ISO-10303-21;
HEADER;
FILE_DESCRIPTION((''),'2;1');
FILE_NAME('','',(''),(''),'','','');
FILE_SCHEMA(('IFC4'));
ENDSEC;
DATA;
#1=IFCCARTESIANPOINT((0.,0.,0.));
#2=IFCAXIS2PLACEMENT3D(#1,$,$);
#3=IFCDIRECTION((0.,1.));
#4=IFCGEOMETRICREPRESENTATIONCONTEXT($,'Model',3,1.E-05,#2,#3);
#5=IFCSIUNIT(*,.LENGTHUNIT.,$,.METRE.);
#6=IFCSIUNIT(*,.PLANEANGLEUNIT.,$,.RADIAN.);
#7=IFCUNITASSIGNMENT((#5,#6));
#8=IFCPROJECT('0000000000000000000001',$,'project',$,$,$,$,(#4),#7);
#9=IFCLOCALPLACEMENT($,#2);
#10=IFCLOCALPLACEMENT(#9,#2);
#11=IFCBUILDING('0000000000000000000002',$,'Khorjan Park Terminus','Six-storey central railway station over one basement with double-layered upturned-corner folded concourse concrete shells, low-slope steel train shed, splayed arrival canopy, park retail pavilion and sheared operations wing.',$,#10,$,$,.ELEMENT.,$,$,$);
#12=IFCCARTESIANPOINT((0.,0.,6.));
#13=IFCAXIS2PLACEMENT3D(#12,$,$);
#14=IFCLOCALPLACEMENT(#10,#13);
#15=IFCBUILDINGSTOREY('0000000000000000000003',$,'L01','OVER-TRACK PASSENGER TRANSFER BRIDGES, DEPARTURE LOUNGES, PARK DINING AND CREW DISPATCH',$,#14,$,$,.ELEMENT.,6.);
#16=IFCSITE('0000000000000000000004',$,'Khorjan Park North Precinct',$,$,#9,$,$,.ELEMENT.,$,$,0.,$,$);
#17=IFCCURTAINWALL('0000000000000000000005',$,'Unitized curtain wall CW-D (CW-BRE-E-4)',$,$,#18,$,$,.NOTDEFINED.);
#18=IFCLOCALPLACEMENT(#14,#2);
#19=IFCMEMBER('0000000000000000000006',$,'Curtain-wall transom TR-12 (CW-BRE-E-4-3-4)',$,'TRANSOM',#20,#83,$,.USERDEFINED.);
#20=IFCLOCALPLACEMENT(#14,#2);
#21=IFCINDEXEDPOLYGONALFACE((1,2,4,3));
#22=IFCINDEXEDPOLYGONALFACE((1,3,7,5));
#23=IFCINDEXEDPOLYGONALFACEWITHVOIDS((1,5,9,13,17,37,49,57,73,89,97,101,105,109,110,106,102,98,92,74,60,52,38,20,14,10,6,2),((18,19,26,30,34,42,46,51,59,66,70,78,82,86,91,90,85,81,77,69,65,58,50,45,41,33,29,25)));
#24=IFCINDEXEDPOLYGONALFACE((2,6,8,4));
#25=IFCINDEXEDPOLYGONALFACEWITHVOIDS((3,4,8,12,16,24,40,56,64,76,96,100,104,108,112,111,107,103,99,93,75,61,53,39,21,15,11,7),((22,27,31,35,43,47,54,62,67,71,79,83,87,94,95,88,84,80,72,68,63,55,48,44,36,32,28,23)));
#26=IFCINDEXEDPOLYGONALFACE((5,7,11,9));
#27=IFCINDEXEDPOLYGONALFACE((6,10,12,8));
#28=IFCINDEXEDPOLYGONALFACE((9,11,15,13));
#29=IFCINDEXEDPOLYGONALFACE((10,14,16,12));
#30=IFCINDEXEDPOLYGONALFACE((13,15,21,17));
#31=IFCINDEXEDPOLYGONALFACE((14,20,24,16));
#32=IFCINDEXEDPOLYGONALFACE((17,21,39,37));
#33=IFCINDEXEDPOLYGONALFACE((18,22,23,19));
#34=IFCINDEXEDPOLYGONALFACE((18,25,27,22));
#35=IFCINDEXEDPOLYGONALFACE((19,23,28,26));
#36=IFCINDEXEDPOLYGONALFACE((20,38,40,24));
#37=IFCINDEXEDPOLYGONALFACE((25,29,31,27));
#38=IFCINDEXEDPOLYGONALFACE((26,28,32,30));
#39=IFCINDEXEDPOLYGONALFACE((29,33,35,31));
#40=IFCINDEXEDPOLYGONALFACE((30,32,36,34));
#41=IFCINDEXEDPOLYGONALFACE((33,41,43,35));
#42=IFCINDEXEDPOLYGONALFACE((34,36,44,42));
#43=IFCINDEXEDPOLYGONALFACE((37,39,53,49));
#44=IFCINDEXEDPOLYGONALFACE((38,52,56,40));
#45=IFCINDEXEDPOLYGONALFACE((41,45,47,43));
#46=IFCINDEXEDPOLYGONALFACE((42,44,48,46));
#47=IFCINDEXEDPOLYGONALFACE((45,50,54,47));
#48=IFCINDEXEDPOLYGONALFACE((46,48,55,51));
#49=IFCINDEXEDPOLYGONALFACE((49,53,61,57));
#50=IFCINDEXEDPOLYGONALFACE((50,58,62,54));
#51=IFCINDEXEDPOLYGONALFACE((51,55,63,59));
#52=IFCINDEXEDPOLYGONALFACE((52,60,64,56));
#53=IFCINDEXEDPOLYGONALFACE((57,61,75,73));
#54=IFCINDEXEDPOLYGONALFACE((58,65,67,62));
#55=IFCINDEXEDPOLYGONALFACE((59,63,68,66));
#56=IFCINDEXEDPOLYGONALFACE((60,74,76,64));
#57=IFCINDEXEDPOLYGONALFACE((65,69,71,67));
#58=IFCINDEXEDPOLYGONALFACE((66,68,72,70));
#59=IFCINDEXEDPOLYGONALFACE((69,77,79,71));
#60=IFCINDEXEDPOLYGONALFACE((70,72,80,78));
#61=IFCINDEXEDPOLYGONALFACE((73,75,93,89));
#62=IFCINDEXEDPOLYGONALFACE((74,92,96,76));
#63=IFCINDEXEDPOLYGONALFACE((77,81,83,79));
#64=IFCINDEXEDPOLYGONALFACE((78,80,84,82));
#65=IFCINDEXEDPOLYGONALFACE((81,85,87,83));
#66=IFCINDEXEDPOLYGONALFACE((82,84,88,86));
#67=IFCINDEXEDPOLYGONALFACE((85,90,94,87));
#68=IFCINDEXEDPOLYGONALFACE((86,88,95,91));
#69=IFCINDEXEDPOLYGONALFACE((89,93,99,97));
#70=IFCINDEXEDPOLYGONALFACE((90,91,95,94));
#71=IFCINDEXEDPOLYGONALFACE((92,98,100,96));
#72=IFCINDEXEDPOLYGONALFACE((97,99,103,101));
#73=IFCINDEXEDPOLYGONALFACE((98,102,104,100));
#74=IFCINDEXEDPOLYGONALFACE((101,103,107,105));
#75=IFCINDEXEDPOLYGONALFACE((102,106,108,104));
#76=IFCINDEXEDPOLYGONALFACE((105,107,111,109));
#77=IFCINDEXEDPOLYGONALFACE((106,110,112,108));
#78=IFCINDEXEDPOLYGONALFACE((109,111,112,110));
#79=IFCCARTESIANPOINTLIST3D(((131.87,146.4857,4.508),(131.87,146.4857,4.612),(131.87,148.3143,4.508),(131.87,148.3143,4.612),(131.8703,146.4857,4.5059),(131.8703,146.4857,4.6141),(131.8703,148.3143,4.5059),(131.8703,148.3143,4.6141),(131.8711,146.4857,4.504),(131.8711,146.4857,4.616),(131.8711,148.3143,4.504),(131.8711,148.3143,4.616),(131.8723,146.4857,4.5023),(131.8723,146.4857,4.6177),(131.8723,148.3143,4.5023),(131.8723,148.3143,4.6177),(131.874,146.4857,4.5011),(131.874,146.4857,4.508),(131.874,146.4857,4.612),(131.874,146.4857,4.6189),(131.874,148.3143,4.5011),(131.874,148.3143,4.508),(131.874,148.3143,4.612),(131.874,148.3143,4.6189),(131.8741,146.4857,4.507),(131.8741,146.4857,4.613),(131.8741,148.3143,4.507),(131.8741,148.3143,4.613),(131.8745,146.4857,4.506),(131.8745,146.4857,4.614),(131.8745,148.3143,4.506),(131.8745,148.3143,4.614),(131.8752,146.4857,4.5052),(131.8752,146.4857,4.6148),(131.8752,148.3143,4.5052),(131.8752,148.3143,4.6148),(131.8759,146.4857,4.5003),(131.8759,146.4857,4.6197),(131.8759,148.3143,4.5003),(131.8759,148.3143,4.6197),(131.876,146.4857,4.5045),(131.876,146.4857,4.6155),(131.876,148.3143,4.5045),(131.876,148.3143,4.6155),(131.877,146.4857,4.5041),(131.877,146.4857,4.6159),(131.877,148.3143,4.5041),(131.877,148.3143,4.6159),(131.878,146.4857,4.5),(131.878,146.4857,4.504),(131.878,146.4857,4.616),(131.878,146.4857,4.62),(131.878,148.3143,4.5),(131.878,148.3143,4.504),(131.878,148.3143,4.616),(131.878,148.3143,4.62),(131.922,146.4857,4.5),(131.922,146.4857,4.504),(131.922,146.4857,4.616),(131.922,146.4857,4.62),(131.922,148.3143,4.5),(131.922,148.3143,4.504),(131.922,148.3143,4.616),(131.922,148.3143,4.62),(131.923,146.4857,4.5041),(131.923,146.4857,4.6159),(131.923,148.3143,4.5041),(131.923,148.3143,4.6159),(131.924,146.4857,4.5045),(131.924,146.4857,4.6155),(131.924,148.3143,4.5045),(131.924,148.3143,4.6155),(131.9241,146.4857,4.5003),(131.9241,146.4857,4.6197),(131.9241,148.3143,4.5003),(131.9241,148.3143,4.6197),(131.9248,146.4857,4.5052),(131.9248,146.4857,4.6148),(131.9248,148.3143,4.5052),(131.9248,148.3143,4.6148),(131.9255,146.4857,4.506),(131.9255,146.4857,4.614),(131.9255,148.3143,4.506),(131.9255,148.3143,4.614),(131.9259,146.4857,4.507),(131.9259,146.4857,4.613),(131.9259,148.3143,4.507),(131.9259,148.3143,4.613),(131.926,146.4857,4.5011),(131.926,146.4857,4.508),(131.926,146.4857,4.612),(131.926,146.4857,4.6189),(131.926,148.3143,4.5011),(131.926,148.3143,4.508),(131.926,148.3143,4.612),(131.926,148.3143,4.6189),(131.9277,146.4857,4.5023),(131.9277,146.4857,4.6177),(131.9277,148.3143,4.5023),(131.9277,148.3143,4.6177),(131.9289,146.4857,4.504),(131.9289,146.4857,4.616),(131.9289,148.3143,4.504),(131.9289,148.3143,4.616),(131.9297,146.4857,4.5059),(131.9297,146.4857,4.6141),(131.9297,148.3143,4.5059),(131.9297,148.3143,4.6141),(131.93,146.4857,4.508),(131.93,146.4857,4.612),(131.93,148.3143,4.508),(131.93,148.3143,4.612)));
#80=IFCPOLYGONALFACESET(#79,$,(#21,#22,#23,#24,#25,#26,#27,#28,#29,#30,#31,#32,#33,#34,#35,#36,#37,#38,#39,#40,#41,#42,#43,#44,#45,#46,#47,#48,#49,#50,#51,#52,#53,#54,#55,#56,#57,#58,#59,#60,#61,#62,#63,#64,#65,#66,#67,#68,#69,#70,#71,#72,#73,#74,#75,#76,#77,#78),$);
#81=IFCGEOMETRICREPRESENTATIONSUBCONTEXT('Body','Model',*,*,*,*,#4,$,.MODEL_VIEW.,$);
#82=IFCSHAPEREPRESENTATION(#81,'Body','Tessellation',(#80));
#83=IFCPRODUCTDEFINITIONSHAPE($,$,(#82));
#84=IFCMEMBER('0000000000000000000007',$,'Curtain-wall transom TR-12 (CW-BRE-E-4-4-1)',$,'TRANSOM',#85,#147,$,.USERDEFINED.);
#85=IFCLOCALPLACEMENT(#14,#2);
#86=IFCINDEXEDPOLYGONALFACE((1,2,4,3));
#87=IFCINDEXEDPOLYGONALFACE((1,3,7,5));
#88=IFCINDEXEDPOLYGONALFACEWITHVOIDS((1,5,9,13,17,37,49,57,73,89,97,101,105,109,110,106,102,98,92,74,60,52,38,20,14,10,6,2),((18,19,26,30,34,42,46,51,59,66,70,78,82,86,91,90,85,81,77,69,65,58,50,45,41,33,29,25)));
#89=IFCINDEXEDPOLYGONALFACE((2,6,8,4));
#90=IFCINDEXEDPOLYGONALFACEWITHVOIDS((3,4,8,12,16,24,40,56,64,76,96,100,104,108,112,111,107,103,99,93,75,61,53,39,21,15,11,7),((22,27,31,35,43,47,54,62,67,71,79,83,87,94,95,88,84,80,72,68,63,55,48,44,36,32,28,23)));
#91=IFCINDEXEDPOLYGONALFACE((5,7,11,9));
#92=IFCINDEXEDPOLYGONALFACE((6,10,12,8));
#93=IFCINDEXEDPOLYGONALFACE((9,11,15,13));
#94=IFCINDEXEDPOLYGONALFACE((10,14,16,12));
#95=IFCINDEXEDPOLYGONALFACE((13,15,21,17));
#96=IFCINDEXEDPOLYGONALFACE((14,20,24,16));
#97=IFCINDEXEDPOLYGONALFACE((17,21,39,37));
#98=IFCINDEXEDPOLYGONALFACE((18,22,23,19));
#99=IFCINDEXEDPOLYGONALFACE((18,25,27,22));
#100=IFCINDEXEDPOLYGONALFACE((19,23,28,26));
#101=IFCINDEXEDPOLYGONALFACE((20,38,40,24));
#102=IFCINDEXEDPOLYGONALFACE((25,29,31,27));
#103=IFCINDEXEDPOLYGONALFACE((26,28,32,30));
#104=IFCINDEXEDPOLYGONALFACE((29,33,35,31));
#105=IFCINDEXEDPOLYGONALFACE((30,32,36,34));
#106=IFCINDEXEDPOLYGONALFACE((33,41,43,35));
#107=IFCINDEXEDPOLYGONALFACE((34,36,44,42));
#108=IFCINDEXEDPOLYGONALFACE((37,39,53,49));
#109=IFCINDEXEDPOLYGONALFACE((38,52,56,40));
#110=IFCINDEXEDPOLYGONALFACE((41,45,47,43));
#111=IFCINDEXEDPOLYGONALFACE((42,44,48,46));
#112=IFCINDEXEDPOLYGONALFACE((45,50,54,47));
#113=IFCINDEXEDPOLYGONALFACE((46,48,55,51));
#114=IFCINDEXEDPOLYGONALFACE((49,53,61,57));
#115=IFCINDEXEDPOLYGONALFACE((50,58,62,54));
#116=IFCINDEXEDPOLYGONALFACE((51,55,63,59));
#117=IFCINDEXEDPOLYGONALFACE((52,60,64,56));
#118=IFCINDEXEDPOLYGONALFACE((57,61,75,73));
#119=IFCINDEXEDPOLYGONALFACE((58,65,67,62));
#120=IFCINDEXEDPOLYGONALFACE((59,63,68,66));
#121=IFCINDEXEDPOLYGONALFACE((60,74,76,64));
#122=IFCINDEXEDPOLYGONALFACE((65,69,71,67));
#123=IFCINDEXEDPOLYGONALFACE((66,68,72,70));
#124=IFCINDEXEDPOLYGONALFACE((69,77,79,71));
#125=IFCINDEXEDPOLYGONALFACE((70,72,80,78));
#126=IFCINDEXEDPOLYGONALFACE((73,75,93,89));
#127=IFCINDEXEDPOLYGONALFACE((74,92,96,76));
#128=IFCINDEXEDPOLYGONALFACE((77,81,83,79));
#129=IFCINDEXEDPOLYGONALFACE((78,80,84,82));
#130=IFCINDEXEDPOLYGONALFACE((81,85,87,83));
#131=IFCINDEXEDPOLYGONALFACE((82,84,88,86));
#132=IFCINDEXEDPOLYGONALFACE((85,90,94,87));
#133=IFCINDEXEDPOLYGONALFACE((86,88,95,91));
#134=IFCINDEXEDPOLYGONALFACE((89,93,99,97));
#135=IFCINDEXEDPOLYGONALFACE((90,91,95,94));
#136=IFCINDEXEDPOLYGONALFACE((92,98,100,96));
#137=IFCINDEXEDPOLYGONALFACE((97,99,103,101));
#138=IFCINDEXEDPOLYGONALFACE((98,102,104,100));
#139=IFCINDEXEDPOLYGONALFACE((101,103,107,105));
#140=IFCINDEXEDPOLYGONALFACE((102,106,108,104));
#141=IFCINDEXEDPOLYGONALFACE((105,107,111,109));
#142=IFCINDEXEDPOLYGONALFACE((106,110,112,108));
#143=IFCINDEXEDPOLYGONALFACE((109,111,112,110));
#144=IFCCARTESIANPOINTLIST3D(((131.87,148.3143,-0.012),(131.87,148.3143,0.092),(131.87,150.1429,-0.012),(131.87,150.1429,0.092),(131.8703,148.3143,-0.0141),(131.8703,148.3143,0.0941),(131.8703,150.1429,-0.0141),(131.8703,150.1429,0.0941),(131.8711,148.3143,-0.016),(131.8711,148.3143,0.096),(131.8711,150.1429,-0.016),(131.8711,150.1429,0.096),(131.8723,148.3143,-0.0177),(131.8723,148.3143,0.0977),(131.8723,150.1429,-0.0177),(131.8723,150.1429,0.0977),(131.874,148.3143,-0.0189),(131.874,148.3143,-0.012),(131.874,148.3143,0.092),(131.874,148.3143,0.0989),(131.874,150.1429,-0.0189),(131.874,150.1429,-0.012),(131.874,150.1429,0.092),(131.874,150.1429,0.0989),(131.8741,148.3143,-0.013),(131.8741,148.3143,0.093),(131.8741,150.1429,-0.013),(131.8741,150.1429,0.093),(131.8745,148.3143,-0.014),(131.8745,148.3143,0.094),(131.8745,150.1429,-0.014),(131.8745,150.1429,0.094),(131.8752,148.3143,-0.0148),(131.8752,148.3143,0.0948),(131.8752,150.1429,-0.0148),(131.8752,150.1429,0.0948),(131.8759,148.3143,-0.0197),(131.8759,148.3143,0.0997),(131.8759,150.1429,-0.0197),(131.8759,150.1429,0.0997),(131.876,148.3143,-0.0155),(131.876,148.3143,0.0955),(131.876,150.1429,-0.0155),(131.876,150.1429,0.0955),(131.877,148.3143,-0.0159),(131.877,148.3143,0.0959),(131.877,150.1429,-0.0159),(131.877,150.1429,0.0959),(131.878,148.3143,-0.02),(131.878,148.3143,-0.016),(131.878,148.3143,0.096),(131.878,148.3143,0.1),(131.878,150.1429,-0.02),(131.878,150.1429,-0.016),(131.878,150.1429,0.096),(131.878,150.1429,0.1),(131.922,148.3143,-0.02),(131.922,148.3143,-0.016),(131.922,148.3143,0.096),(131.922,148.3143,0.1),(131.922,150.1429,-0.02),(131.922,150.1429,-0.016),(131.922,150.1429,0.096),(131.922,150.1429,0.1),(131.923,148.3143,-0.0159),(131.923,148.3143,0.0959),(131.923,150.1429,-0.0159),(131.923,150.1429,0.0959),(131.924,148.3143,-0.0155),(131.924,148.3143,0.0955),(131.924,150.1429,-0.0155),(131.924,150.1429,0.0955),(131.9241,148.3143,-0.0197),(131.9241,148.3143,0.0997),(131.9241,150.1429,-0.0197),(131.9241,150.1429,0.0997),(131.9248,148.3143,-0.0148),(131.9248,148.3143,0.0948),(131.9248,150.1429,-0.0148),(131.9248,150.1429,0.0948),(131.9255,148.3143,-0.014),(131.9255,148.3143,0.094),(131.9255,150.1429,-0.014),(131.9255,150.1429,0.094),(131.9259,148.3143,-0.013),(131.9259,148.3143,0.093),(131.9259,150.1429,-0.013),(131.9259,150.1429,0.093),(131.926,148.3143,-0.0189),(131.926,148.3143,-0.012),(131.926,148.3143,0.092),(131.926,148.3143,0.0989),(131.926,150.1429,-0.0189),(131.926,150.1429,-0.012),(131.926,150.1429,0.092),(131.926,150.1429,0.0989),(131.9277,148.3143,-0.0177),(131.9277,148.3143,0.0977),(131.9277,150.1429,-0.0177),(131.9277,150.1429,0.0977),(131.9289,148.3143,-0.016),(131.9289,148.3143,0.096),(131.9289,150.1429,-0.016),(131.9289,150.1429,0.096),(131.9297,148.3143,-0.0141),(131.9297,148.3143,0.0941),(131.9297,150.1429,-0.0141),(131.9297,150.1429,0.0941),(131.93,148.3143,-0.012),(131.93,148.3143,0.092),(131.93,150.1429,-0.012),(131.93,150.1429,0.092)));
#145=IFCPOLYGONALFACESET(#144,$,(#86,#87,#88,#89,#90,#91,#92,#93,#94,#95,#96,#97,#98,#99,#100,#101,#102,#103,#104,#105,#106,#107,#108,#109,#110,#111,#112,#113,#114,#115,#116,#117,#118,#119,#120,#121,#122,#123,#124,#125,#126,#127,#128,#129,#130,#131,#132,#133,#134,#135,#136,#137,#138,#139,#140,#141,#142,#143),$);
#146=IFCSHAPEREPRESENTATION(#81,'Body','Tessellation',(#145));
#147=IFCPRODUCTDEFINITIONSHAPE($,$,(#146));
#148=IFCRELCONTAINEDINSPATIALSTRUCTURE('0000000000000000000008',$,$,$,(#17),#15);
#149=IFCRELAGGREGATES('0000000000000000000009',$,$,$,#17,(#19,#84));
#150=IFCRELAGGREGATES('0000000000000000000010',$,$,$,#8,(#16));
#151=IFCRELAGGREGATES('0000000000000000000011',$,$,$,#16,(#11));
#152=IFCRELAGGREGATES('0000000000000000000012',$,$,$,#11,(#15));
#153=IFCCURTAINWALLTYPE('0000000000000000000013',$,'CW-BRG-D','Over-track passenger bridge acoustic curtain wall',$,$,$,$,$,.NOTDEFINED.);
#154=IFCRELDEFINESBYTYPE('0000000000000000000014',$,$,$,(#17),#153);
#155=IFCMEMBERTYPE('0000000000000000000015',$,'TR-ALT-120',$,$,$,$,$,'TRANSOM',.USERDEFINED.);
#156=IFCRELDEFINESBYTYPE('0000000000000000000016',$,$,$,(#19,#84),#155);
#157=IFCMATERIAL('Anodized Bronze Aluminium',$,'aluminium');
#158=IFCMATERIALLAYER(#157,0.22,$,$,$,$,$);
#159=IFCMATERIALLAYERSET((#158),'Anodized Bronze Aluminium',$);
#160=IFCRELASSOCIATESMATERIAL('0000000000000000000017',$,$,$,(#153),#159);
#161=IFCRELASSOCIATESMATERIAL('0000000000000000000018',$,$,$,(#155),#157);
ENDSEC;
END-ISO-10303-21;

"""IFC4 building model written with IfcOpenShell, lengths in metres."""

from ifc_helpers import new_model, si_unit, direction, frame, origin, origin_2d, place, context, subcontext, project, spatial, hollow_rectangle, extrude, material, layer, layer_set, material_profile, profile_set, type_object, element, aggregate, save


model = new_model("IFC4")

# Units and contexts
model_context = context("Model", 3, precision=1e-05, world=origin(), true_north=direction((0.0, 1.0)))
body_context = subcontext(model_context, "Body", "Model", "MODEL_VIEW")
ifc_project = project(units=[si_unit("LENGTHUNIT", "METRE"), si_unit("PLANEANGLEUNIT", "RADIAN")], contexts=[model_context])

# Site, building, storey
site_placement = place(None, origin())
site = spatial("IfcSite", under=ifc_project, at=site_placement, Name="Khorjan Park North Precinct", CompositionType="ELEMENT", RefElevation=0.0)
building_placement = place(site_placement, origin())
building = spatial("IfcBuilding", under=site, at=building_placement, Name="Khorjan Park Terminus", Description="Six-storey central railway station over one basement with double-layered upturned-corner folded concourse concrete shells, low-slope steel train shed, splayed arrival canopy, park retail pavilion and sheared operations wing.", CompositionType="ELEMENT")
storey_placement = place(building_placement, frame((0.0, 0.0, 6.0)))
storey = spatial("IfcBuildingStorey", under=building, at=storey_placement, Name="L01", Description="OVER-TRACK PASSENGER TRANSFER BRIDGES, DEPARTURE LOUNGES, PARK DINING AND CREW DISPATCH", CompositionType="ELEMENT", Elevation=6.0)

# Curtain wall, members
ifc_material_1 = material(Name="Anodized Bronze Aluminium", Category="aluminium")
ifc_layer_1 = layer(ifc_material_1, 0.22)
ifc_layer_set_1 = layer_set([ifc_layer_1], Name="Anodized Bronze Aluminium")
curtain_wall_type = type_object("IfcCurtainWallType", Name="CW-BRG-D", Description="Over-track passenger bridge acoustic curtain wall", PredefinedType="NOTDEFINED", material=ifc_layer_set_1)
curtain_wall_placement = place(storey_placement, origin())
curtain_wall = element("IfcCurtainWall", 1, at=curtain_wall_placement, inside=storey, type_object=curtain_wall_type, Name="Unitized curtain wall CW-D (CW-BRE-E-4)", PredefinedType="NOTDEFINED")
ifc_material_profile_1 = material_profile(ifc_material_1, hollow_rectangle(XDim=0.06, YDim=0.12, WallThickness=0.004, InnerFilletRadius=0.004, OuterFilletRadius=0.008, at=origin_2d()), Name="ALT 60x120x4")
ifc_profile_set_1 = profile_set([ifc_material_profile_1], Name="Anodized Bronze Aluminium")
member_type_1 = type_object("IfcMemberType", Name="TR-ALT-120", ElementType="TRANSOM", PredefinedType="USERDEFINED", material=ifc_profile_set_1)
member_1_placement = place(storey_placement, frame((131.9, 146.4857, 4.56), z_axis=(0.0, 1.0, 0.0), x_axis=(-1.0, 0.0, 0.0)))
member_1 = element("IfcMember", 2, at=member_1_placement, type_object=member_type_1, Name="Curtain-wall transom TR-12 (CW-BRE-E-4-3-4)", ObjectType="TRANSOM", PredefinedType="USERDEFINED", context=body_context, shape_type="SweptSolid", body=[
    extrude(hollow_rectangle(XDim=0.06, YDim=0.12, WallThickness=0.004, InnerFilletRadius=0.004, OuterFilletRadius=0.008, at=origin_2d()), origin(), (0.0, 0.0, 1.0), 1.8286),
])
member_2_placement = place(storey_placement, frame((131.9, 148.3143, 0.04), z_axis=(0.0, 1.0, 0.0), x_axis=(-1.0, 0.0, 0.0)))
member_2 = element("IfcMember", 3, at=member_2_placement, type_object=member_type_1, Name="Curtain-wall transom TR-12 (CW-BRE-E-4-4-1)", ObjectType="TRANSOM", PredefinedType="USERDEFINED", context=body_context, shape_type="SweptSolid", body=[
    extrude(hollow_rectangle(XDim=0.06, YDim=0.12, WallThickness=0.004, InnerFilletRadius=0.004, OuterFilletRadius=0.008, at=origin_2d()), origin(), (0.0, 0.0, 1.0), 1.8286),
])
aggregate(curtain_wall, [member_1, member_2])

save(model, "model.ifc")
